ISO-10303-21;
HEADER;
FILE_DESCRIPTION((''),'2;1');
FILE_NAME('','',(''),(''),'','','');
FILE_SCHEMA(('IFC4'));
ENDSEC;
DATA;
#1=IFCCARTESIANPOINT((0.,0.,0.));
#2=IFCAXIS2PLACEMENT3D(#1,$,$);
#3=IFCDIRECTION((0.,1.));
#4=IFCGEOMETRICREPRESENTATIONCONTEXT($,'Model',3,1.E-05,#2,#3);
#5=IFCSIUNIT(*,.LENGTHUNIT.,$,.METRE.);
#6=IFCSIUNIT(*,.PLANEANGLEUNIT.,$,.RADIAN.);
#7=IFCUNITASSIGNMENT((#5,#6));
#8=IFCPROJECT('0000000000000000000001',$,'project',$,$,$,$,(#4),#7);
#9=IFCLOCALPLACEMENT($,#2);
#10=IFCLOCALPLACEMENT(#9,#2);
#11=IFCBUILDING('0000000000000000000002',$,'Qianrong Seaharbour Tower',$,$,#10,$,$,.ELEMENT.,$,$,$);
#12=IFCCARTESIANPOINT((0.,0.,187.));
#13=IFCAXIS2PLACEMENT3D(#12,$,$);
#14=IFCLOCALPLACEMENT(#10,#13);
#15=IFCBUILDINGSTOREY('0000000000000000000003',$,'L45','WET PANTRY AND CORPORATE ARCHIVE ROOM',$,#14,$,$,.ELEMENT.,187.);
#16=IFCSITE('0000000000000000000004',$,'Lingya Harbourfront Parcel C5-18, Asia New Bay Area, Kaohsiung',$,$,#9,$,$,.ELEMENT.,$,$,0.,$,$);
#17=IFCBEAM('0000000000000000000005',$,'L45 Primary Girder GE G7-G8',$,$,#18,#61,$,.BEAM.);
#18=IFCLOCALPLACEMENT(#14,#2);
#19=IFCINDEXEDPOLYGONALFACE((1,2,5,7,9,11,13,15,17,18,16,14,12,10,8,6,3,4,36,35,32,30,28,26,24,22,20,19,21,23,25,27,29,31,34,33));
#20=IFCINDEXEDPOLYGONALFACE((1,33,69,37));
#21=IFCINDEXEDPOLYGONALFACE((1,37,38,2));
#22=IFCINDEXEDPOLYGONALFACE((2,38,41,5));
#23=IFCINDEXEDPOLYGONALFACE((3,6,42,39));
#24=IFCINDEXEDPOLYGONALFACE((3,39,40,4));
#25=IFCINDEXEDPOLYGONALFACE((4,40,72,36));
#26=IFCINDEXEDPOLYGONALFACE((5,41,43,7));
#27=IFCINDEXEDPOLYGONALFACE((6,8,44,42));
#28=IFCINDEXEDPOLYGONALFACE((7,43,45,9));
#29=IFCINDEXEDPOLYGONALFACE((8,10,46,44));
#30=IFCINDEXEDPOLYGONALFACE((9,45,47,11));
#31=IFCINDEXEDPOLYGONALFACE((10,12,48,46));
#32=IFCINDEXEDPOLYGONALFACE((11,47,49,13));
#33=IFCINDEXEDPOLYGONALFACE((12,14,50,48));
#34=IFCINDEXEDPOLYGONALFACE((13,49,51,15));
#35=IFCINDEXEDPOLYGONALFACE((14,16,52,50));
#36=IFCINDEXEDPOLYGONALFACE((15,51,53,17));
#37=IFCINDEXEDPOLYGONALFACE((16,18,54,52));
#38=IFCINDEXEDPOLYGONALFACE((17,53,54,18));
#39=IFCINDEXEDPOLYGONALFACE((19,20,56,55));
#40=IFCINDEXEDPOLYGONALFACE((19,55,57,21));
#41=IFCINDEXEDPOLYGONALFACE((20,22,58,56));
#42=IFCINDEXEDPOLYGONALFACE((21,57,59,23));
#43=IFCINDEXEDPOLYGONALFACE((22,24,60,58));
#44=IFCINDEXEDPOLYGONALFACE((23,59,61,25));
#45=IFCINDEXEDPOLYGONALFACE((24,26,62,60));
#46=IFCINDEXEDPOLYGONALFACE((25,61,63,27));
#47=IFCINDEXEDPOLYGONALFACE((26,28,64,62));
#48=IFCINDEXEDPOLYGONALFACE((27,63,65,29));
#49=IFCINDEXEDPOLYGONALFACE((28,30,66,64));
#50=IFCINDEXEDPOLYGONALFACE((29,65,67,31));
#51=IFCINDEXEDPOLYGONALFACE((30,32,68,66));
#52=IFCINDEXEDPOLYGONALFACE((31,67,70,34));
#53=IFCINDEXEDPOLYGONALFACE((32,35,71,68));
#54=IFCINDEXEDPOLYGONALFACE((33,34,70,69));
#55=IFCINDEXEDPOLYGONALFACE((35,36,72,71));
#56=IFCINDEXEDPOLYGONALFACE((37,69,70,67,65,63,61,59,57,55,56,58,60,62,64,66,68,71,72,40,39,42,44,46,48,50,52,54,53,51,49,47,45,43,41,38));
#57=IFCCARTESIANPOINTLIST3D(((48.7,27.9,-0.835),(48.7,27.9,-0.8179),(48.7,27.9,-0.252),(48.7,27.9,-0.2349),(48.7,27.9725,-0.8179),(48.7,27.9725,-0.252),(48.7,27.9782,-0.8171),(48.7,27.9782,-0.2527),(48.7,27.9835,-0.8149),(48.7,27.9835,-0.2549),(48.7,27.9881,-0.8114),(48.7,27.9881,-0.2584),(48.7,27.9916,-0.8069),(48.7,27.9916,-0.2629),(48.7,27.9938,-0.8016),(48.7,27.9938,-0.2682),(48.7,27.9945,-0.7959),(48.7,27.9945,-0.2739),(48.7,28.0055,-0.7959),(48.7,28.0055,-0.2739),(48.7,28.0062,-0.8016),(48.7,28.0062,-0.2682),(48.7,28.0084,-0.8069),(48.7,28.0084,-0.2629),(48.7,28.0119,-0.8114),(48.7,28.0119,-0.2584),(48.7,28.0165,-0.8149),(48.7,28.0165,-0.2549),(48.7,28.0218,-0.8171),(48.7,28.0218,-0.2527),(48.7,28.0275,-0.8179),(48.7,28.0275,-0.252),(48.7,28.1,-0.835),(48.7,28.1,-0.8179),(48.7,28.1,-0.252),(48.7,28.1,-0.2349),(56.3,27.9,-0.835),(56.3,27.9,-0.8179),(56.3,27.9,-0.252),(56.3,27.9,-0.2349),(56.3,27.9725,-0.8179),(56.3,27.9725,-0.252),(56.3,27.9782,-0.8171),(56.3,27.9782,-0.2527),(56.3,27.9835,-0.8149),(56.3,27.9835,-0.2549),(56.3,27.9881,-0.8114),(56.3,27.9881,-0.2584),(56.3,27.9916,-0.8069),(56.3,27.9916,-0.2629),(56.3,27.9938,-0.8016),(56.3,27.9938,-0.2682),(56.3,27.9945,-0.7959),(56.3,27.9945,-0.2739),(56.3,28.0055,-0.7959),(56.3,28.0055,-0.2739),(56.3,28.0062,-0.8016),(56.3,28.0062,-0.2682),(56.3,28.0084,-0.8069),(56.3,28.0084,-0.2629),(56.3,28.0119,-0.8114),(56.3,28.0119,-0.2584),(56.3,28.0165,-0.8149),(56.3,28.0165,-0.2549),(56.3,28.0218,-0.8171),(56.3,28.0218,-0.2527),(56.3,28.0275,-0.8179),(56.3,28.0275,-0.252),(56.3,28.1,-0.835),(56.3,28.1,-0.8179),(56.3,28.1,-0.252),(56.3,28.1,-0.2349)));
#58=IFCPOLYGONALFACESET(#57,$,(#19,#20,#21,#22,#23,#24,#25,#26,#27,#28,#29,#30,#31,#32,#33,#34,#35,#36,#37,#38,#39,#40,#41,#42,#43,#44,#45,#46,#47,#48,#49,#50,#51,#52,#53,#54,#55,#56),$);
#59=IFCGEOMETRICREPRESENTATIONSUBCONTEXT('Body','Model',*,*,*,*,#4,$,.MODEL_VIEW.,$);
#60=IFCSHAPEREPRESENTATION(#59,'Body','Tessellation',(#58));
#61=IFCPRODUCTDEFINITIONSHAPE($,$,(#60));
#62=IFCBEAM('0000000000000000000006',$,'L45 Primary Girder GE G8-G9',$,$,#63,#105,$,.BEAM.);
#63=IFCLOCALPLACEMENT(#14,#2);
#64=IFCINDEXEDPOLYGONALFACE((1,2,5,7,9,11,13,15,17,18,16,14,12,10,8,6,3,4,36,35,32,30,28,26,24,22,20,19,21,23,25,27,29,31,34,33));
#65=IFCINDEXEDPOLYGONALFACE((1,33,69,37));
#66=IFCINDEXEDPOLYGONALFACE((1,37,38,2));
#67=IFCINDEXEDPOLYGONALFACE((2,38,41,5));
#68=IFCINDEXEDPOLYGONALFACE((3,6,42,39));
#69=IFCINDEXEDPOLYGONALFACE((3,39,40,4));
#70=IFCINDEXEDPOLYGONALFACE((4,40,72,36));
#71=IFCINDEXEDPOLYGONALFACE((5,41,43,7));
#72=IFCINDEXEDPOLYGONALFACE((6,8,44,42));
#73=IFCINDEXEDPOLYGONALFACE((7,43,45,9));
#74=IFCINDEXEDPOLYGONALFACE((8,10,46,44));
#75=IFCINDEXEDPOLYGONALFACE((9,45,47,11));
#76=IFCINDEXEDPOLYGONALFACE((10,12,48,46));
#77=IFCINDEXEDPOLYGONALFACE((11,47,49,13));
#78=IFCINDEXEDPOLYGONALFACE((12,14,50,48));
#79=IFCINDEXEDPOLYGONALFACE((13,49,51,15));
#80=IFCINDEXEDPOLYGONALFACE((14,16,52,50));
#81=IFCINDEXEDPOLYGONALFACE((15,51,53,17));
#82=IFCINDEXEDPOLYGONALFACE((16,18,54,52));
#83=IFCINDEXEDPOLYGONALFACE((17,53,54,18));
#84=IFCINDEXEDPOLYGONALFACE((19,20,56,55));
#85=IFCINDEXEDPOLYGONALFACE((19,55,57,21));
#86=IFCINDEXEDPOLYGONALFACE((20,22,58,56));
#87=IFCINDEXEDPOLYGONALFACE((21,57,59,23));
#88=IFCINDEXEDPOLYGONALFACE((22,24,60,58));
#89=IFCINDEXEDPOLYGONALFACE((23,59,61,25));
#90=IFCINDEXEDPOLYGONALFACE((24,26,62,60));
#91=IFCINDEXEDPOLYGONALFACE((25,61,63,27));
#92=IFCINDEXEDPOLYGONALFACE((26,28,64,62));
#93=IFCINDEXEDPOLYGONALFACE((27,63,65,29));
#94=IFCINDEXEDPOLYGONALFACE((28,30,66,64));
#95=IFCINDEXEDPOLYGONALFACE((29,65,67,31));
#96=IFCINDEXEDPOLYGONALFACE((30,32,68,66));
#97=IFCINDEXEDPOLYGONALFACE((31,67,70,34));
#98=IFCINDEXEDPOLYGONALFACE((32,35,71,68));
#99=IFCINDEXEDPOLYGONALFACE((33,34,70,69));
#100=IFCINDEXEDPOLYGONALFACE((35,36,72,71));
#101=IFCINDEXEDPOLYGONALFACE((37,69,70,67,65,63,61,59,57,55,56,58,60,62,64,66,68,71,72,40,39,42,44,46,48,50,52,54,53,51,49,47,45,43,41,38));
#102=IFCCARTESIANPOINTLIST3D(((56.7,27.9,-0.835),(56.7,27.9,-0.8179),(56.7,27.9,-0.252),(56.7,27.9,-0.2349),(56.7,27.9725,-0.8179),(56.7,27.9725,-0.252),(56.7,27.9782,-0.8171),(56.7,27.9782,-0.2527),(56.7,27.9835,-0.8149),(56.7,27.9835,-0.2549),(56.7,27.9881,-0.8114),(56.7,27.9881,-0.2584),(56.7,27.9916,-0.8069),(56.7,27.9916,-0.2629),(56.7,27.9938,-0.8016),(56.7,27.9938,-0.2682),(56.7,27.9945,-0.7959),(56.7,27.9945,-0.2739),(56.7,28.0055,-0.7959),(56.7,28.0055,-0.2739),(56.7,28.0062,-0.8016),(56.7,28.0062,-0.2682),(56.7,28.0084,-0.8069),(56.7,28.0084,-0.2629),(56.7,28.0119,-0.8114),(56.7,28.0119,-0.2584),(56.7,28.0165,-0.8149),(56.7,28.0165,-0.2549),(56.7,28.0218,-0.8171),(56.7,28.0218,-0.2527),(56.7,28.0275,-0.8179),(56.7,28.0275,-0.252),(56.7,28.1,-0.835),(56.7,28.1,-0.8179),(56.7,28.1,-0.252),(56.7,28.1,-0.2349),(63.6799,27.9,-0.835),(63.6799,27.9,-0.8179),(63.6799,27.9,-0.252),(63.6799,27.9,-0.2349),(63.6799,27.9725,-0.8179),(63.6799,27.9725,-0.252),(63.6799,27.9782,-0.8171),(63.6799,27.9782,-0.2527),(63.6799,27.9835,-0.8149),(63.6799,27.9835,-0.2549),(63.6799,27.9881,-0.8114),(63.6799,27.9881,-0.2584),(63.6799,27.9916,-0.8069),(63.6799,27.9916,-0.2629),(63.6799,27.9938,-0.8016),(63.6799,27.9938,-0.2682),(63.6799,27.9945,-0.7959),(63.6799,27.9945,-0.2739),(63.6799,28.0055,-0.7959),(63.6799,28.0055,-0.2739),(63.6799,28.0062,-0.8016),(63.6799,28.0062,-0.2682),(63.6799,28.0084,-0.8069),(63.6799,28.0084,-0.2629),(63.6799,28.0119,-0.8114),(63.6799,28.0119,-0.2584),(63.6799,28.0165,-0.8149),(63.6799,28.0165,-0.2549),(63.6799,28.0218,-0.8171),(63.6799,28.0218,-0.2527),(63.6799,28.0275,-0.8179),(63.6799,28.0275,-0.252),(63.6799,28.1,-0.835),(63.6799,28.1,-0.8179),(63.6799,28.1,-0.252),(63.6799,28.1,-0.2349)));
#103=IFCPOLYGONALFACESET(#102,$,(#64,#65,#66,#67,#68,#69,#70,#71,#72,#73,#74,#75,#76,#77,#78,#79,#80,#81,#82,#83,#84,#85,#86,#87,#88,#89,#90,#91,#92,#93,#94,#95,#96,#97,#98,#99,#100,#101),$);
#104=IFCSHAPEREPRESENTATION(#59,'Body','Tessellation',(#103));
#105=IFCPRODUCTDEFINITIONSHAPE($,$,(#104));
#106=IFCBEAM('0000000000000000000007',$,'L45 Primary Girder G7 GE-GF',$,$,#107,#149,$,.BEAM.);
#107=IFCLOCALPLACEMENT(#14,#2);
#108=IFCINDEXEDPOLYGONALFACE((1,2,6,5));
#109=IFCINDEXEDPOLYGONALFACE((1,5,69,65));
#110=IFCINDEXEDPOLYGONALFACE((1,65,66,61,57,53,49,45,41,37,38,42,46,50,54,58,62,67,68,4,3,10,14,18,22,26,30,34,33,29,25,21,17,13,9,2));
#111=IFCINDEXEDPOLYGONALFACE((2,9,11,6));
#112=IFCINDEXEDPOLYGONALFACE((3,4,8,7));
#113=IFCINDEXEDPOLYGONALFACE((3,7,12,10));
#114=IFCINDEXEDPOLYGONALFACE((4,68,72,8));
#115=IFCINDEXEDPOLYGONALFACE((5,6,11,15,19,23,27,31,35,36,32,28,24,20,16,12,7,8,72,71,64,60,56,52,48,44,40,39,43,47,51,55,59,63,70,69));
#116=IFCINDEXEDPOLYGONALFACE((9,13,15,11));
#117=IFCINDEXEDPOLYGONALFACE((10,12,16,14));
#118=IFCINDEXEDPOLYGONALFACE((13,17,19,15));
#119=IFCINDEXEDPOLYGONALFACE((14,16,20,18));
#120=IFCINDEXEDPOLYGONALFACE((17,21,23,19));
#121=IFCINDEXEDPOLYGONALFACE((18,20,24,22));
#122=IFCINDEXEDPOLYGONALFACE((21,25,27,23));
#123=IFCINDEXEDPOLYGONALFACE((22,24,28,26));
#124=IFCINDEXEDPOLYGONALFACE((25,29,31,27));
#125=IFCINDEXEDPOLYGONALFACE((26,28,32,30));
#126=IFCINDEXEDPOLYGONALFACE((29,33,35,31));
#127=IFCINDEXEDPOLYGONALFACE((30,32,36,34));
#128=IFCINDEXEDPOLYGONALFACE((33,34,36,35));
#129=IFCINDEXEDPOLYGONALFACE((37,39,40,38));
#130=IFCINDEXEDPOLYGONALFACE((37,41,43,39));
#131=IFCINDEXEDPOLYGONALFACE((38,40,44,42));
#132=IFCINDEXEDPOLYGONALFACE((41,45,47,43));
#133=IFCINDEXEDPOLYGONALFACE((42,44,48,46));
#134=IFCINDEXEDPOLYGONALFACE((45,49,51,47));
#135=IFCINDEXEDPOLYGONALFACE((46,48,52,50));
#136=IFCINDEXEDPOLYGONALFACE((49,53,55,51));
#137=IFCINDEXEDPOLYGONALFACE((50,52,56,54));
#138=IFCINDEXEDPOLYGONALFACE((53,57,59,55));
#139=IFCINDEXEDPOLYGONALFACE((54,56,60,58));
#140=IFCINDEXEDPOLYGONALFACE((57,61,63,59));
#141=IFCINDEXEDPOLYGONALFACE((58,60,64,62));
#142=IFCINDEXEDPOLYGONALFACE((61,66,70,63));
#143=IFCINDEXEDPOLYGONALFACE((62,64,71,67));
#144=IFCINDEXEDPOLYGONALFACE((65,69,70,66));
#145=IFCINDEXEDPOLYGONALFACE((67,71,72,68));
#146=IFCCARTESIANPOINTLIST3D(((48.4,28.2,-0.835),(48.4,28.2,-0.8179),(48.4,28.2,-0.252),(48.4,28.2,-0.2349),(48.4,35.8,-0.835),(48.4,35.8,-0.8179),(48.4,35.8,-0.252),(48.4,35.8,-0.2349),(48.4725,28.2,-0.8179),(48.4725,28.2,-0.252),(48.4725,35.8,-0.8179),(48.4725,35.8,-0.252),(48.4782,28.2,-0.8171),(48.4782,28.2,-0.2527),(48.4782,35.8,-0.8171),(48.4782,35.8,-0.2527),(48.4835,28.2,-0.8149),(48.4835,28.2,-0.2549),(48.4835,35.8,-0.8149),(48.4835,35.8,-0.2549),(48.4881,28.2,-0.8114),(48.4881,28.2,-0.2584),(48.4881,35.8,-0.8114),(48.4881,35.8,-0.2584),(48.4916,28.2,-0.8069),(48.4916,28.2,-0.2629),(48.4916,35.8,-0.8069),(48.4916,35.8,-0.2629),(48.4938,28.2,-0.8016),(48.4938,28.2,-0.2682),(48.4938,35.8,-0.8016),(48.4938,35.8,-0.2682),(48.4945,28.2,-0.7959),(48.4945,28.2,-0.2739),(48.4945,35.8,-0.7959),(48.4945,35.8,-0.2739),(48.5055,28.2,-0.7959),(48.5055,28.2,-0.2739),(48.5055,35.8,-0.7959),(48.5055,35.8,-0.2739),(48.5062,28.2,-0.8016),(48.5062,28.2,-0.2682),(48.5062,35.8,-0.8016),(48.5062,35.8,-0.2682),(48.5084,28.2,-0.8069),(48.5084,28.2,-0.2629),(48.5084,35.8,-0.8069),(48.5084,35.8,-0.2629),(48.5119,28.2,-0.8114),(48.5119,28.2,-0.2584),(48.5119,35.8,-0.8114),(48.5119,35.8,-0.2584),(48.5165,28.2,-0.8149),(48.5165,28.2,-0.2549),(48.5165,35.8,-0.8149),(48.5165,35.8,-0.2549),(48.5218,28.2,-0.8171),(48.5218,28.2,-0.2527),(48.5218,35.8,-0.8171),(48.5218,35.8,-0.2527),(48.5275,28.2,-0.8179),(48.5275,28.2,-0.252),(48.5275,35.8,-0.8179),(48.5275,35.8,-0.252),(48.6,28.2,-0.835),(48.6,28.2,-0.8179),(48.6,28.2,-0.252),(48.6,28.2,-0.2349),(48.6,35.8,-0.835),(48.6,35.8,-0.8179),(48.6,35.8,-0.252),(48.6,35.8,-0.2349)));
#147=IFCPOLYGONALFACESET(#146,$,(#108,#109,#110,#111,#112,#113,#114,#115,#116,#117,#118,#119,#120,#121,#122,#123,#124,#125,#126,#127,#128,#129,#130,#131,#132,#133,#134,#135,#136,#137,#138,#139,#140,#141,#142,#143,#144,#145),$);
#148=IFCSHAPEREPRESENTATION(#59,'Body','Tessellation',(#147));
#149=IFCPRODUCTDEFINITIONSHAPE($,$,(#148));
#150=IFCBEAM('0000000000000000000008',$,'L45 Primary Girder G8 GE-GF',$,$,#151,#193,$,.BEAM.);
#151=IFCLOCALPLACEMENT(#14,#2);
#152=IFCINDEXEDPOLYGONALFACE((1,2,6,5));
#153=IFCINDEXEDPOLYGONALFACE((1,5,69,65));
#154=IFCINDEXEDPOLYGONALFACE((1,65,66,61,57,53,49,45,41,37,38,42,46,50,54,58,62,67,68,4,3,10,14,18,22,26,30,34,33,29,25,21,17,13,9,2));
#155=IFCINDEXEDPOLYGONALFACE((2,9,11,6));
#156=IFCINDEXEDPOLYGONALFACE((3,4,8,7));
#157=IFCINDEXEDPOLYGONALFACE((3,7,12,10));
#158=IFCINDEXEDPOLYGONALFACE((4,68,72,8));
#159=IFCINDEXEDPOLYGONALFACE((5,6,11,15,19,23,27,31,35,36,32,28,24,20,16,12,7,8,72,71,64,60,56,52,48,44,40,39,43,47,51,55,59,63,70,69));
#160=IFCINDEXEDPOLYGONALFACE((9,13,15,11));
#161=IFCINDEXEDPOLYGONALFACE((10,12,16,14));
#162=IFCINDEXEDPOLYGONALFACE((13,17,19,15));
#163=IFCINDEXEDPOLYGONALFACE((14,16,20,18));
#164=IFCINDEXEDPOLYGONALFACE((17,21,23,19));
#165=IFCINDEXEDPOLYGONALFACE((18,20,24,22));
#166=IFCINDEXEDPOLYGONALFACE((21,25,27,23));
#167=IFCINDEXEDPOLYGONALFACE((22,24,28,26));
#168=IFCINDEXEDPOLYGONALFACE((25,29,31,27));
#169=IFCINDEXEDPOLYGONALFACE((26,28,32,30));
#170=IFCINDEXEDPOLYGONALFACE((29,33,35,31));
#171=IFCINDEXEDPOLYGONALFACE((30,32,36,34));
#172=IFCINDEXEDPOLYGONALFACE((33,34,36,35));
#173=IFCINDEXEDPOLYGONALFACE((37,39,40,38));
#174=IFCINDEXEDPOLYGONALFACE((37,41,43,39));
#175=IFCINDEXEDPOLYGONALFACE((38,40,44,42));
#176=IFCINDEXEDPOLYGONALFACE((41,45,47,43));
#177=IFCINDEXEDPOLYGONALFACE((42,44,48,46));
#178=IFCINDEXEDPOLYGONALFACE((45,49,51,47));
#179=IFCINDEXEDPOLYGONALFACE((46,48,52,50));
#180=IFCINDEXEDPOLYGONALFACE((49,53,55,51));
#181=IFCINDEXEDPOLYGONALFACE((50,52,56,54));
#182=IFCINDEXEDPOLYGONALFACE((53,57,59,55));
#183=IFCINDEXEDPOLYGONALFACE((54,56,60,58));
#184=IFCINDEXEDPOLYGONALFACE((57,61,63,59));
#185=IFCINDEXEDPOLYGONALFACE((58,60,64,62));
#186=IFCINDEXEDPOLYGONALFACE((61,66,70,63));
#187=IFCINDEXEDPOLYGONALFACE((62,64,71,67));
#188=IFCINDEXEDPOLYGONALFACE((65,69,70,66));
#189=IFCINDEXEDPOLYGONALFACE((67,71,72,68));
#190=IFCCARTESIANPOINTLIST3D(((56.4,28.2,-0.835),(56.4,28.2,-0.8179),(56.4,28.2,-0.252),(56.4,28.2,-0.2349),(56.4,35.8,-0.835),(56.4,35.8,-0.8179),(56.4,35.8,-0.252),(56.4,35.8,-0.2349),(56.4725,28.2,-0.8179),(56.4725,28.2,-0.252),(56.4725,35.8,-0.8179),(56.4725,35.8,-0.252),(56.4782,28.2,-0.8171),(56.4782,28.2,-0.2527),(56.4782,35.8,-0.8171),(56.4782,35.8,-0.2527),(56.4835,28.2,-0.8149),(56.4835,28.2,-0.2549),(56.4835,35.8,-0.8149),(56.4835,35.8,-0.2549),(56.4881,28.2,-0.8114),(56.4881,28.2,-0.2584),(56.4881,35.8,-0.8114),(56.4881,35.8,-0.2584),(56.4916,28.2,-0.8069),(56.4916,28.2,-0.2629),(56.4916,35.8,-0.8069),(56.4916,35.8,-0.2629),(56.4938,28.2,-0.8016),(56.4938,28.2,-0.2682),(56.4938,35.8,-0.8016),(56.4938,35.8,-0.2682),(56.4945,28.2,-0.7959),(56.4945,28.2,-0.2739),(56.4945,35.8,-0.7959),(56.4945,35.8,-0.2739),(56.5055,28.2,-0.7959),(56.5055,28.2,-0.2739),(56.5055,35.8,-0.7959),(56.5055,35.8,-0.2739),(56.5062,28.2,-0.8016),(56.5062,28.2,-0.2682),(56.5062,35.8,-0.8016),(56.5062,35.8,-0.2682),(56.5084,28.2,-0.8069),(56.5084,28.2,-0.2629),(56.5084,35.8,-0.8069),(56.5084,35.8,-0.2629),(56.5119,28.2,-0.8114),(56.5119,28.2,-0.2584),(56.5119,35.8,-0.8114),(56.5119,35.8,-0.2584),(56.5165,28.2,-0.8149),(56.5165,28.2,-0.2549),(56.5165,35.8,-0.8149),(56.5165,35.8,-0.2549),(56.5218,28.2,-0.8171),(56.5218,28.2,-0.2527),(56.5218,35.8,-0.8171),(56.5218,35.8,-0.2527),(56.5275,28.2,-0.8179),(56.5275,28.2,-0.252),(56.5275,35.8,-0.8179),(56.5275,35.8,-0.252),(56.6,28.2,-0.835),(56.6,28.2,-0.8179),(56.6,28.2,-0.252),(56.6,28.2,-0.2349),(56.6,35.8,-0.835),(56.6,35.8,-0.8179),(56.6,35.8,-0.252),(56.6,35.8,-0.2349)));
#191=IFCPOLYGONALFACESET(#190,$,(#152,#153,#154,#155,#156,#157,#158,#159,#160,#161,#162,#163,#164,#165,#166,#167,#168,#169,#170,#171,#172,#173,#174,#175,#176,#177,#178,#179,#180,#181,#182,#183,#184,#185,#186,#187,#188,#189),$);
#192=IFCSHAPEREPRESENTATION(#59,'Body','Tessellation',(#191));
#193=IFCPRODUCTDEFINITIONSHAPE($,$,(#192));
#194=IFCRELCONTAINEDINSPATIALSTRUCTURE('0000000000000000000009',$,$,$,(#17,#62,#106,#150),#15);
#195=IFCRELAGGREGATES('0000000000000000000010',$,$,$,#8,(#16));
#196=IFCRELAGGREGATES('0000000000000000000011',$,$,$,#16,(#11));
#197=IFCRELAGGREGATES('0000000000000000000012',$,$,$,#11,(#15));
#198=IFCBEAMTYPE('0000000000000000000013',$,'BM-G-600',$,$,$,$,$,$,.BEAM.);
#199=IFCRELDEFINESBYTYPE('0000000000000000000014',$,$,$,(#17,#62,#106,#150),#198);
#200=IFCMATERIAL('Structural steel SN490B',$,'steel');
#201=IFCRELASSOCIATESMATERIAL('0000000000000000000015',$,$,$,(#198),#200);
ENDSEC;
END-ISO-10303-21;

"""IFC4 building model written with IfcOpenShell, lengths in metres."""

from ifc_helpers import new_model, si_unit, direction, frame, origin, origin_2d, place, context, subcontext, project, spatial, i_section, extrude, material, material_profile, profile_set, type_object, element, save


model = new_model("IFC4")

# Units and contexts
model_context = context("Model", 3, precision=1e-05, world=origin(), true_north=direction((0.0, 1.0)))
body_context = subcontext(model_context, "Body", "Model", "MODEL_VIEW")
ifc_project = project(units=[si_unit("LENGTHUNIT", "METRE"), si_unit("PLANEANGLEUNIT", "RADIAN")], contexts=[model_context])

# Site, building, storey
site_placement = place(None, origin())
site = spatial("IfcSite", under=ifc_project, at=site_placement, Name="Lingya Harbourfront Parcel C5-18, Asia New Bay Area, Kaohsiung", CompositionType="ELEMENT", RefElevation=0.0)
building_placement = place(site_placement, origin())
building = spatial("IfcBuilding", under=site, at=building_placement, Name="Qianrong Seaharbour Tower", CompositionType="ELEMENT")
storey_placement = place(building_placement, frame((0.0, 0.0, 187.0)))
storey = spatial("IfcBuildingStorey", under=building, at=storey_placement, Name="L45", Description="WET PANTRY AND CORPORATE ARCHIVE ROOM", CompositionType="ELEMENT", Elevation=187.0)

# Shared definitions
ifc_material_1 = material(Name="Structural steel SN490B", Category="steel")

# Beams
ifc_material_profile_1 = material_profile(ifc_material_1, i_section(OverallWidth=0.2, OverallDepth=0.6001, WebThickness=0.011, FlangeThickness=0.0171, FilletRadius=0.022, at=origin_2d()), Name="H600x200x11x17")
ifc_profile_set_1 = profile_set([ifc_material_profile_1], Name="Structural steel SN490B")
beam_type_1 = type_object("IfcBeamType", Name="BM-G-600", PredefinedType="BEAM", material=ifc_profile_set_1)
beam_1_placement = place(storey_placement, frame((48.7, 28.0, -0.5349), z_axis=(1.0, 0.0, 0.0), x_axis=(0.0, 1.0, 0.0)))
element("IfcBeam", 1, at=beam_1_placement, inside=storey, type_object=beam_type_1, Name="L45 Primary Girder GE G7-G8", PredefinedType="BEAM", context=body_context, shape_type="SweptSolid", body=[
    extrude(i_section(OverallWidth=0.2, OverallDepth=0.6001, WebThickness=0.011, FlangeThickness=0.0171, FilletRadius=0.022, at=origin_2d()), origin(), (0.0, 0.0, 1.0), 7.6001),
])
beam_2_placement = place(storey_placement, frame((56.7, 28.0, -0.5349), z_axis=(1.0, 0.0, 0.0), x_axis=(0.0, 1.0, 0.0)))
element("IfcBeam", 2, at=beam_2_placement, inside=storey, type_object=beam_type_1, Name="L45 Primary Girder GE G8-G9", PredefinedType="BEAM", context=body_context, shape_type="SweptSolid", body=[
    extrude(i_section(OverallWidth=0.2, OverallDepth=0.6001, WebThickness=0.011, FlangeThickness=0.0171, FilletRadius=0.022, at=origin_2d()), origin(), (0.0, 0.0, 1.0), 6.98),
])
for number, where, z_axis, x_axis, name in (
    (3, (48.5, 28.2, -0.5349), (0.0, 1.0, 0.0), (-1.0, 0.0, 0.0), "L45 Primary Girder G7 GE-GF"),
    (4, (56.5, 28.2, -0.5349), (0.0, 1.0, 0.0), (-1.0, 0.0, 0.0), "L45 Primary Girder G8 GE-GF"),
):
    element("IfcBeam", number, at=place(storey_placement, frame(where, z_axis=z_axis, x_axis=x_axis)), inside=storey, type_object=beam_type_1, Name=name, PredefinedType="BEAM", context=body_context, shape_type="SweptSolid", body=[
        extrude(i_section(OverallWidth=0.2, OverallDepth=0.6001, WebThickness=0.011, FlangeThickness=0.0171, FilletRadius=0.022, at=origin_2d()), origin(), (0.0, 0.0, 1.0), 7.6001),
    ])

save(model, "model.ifc")
